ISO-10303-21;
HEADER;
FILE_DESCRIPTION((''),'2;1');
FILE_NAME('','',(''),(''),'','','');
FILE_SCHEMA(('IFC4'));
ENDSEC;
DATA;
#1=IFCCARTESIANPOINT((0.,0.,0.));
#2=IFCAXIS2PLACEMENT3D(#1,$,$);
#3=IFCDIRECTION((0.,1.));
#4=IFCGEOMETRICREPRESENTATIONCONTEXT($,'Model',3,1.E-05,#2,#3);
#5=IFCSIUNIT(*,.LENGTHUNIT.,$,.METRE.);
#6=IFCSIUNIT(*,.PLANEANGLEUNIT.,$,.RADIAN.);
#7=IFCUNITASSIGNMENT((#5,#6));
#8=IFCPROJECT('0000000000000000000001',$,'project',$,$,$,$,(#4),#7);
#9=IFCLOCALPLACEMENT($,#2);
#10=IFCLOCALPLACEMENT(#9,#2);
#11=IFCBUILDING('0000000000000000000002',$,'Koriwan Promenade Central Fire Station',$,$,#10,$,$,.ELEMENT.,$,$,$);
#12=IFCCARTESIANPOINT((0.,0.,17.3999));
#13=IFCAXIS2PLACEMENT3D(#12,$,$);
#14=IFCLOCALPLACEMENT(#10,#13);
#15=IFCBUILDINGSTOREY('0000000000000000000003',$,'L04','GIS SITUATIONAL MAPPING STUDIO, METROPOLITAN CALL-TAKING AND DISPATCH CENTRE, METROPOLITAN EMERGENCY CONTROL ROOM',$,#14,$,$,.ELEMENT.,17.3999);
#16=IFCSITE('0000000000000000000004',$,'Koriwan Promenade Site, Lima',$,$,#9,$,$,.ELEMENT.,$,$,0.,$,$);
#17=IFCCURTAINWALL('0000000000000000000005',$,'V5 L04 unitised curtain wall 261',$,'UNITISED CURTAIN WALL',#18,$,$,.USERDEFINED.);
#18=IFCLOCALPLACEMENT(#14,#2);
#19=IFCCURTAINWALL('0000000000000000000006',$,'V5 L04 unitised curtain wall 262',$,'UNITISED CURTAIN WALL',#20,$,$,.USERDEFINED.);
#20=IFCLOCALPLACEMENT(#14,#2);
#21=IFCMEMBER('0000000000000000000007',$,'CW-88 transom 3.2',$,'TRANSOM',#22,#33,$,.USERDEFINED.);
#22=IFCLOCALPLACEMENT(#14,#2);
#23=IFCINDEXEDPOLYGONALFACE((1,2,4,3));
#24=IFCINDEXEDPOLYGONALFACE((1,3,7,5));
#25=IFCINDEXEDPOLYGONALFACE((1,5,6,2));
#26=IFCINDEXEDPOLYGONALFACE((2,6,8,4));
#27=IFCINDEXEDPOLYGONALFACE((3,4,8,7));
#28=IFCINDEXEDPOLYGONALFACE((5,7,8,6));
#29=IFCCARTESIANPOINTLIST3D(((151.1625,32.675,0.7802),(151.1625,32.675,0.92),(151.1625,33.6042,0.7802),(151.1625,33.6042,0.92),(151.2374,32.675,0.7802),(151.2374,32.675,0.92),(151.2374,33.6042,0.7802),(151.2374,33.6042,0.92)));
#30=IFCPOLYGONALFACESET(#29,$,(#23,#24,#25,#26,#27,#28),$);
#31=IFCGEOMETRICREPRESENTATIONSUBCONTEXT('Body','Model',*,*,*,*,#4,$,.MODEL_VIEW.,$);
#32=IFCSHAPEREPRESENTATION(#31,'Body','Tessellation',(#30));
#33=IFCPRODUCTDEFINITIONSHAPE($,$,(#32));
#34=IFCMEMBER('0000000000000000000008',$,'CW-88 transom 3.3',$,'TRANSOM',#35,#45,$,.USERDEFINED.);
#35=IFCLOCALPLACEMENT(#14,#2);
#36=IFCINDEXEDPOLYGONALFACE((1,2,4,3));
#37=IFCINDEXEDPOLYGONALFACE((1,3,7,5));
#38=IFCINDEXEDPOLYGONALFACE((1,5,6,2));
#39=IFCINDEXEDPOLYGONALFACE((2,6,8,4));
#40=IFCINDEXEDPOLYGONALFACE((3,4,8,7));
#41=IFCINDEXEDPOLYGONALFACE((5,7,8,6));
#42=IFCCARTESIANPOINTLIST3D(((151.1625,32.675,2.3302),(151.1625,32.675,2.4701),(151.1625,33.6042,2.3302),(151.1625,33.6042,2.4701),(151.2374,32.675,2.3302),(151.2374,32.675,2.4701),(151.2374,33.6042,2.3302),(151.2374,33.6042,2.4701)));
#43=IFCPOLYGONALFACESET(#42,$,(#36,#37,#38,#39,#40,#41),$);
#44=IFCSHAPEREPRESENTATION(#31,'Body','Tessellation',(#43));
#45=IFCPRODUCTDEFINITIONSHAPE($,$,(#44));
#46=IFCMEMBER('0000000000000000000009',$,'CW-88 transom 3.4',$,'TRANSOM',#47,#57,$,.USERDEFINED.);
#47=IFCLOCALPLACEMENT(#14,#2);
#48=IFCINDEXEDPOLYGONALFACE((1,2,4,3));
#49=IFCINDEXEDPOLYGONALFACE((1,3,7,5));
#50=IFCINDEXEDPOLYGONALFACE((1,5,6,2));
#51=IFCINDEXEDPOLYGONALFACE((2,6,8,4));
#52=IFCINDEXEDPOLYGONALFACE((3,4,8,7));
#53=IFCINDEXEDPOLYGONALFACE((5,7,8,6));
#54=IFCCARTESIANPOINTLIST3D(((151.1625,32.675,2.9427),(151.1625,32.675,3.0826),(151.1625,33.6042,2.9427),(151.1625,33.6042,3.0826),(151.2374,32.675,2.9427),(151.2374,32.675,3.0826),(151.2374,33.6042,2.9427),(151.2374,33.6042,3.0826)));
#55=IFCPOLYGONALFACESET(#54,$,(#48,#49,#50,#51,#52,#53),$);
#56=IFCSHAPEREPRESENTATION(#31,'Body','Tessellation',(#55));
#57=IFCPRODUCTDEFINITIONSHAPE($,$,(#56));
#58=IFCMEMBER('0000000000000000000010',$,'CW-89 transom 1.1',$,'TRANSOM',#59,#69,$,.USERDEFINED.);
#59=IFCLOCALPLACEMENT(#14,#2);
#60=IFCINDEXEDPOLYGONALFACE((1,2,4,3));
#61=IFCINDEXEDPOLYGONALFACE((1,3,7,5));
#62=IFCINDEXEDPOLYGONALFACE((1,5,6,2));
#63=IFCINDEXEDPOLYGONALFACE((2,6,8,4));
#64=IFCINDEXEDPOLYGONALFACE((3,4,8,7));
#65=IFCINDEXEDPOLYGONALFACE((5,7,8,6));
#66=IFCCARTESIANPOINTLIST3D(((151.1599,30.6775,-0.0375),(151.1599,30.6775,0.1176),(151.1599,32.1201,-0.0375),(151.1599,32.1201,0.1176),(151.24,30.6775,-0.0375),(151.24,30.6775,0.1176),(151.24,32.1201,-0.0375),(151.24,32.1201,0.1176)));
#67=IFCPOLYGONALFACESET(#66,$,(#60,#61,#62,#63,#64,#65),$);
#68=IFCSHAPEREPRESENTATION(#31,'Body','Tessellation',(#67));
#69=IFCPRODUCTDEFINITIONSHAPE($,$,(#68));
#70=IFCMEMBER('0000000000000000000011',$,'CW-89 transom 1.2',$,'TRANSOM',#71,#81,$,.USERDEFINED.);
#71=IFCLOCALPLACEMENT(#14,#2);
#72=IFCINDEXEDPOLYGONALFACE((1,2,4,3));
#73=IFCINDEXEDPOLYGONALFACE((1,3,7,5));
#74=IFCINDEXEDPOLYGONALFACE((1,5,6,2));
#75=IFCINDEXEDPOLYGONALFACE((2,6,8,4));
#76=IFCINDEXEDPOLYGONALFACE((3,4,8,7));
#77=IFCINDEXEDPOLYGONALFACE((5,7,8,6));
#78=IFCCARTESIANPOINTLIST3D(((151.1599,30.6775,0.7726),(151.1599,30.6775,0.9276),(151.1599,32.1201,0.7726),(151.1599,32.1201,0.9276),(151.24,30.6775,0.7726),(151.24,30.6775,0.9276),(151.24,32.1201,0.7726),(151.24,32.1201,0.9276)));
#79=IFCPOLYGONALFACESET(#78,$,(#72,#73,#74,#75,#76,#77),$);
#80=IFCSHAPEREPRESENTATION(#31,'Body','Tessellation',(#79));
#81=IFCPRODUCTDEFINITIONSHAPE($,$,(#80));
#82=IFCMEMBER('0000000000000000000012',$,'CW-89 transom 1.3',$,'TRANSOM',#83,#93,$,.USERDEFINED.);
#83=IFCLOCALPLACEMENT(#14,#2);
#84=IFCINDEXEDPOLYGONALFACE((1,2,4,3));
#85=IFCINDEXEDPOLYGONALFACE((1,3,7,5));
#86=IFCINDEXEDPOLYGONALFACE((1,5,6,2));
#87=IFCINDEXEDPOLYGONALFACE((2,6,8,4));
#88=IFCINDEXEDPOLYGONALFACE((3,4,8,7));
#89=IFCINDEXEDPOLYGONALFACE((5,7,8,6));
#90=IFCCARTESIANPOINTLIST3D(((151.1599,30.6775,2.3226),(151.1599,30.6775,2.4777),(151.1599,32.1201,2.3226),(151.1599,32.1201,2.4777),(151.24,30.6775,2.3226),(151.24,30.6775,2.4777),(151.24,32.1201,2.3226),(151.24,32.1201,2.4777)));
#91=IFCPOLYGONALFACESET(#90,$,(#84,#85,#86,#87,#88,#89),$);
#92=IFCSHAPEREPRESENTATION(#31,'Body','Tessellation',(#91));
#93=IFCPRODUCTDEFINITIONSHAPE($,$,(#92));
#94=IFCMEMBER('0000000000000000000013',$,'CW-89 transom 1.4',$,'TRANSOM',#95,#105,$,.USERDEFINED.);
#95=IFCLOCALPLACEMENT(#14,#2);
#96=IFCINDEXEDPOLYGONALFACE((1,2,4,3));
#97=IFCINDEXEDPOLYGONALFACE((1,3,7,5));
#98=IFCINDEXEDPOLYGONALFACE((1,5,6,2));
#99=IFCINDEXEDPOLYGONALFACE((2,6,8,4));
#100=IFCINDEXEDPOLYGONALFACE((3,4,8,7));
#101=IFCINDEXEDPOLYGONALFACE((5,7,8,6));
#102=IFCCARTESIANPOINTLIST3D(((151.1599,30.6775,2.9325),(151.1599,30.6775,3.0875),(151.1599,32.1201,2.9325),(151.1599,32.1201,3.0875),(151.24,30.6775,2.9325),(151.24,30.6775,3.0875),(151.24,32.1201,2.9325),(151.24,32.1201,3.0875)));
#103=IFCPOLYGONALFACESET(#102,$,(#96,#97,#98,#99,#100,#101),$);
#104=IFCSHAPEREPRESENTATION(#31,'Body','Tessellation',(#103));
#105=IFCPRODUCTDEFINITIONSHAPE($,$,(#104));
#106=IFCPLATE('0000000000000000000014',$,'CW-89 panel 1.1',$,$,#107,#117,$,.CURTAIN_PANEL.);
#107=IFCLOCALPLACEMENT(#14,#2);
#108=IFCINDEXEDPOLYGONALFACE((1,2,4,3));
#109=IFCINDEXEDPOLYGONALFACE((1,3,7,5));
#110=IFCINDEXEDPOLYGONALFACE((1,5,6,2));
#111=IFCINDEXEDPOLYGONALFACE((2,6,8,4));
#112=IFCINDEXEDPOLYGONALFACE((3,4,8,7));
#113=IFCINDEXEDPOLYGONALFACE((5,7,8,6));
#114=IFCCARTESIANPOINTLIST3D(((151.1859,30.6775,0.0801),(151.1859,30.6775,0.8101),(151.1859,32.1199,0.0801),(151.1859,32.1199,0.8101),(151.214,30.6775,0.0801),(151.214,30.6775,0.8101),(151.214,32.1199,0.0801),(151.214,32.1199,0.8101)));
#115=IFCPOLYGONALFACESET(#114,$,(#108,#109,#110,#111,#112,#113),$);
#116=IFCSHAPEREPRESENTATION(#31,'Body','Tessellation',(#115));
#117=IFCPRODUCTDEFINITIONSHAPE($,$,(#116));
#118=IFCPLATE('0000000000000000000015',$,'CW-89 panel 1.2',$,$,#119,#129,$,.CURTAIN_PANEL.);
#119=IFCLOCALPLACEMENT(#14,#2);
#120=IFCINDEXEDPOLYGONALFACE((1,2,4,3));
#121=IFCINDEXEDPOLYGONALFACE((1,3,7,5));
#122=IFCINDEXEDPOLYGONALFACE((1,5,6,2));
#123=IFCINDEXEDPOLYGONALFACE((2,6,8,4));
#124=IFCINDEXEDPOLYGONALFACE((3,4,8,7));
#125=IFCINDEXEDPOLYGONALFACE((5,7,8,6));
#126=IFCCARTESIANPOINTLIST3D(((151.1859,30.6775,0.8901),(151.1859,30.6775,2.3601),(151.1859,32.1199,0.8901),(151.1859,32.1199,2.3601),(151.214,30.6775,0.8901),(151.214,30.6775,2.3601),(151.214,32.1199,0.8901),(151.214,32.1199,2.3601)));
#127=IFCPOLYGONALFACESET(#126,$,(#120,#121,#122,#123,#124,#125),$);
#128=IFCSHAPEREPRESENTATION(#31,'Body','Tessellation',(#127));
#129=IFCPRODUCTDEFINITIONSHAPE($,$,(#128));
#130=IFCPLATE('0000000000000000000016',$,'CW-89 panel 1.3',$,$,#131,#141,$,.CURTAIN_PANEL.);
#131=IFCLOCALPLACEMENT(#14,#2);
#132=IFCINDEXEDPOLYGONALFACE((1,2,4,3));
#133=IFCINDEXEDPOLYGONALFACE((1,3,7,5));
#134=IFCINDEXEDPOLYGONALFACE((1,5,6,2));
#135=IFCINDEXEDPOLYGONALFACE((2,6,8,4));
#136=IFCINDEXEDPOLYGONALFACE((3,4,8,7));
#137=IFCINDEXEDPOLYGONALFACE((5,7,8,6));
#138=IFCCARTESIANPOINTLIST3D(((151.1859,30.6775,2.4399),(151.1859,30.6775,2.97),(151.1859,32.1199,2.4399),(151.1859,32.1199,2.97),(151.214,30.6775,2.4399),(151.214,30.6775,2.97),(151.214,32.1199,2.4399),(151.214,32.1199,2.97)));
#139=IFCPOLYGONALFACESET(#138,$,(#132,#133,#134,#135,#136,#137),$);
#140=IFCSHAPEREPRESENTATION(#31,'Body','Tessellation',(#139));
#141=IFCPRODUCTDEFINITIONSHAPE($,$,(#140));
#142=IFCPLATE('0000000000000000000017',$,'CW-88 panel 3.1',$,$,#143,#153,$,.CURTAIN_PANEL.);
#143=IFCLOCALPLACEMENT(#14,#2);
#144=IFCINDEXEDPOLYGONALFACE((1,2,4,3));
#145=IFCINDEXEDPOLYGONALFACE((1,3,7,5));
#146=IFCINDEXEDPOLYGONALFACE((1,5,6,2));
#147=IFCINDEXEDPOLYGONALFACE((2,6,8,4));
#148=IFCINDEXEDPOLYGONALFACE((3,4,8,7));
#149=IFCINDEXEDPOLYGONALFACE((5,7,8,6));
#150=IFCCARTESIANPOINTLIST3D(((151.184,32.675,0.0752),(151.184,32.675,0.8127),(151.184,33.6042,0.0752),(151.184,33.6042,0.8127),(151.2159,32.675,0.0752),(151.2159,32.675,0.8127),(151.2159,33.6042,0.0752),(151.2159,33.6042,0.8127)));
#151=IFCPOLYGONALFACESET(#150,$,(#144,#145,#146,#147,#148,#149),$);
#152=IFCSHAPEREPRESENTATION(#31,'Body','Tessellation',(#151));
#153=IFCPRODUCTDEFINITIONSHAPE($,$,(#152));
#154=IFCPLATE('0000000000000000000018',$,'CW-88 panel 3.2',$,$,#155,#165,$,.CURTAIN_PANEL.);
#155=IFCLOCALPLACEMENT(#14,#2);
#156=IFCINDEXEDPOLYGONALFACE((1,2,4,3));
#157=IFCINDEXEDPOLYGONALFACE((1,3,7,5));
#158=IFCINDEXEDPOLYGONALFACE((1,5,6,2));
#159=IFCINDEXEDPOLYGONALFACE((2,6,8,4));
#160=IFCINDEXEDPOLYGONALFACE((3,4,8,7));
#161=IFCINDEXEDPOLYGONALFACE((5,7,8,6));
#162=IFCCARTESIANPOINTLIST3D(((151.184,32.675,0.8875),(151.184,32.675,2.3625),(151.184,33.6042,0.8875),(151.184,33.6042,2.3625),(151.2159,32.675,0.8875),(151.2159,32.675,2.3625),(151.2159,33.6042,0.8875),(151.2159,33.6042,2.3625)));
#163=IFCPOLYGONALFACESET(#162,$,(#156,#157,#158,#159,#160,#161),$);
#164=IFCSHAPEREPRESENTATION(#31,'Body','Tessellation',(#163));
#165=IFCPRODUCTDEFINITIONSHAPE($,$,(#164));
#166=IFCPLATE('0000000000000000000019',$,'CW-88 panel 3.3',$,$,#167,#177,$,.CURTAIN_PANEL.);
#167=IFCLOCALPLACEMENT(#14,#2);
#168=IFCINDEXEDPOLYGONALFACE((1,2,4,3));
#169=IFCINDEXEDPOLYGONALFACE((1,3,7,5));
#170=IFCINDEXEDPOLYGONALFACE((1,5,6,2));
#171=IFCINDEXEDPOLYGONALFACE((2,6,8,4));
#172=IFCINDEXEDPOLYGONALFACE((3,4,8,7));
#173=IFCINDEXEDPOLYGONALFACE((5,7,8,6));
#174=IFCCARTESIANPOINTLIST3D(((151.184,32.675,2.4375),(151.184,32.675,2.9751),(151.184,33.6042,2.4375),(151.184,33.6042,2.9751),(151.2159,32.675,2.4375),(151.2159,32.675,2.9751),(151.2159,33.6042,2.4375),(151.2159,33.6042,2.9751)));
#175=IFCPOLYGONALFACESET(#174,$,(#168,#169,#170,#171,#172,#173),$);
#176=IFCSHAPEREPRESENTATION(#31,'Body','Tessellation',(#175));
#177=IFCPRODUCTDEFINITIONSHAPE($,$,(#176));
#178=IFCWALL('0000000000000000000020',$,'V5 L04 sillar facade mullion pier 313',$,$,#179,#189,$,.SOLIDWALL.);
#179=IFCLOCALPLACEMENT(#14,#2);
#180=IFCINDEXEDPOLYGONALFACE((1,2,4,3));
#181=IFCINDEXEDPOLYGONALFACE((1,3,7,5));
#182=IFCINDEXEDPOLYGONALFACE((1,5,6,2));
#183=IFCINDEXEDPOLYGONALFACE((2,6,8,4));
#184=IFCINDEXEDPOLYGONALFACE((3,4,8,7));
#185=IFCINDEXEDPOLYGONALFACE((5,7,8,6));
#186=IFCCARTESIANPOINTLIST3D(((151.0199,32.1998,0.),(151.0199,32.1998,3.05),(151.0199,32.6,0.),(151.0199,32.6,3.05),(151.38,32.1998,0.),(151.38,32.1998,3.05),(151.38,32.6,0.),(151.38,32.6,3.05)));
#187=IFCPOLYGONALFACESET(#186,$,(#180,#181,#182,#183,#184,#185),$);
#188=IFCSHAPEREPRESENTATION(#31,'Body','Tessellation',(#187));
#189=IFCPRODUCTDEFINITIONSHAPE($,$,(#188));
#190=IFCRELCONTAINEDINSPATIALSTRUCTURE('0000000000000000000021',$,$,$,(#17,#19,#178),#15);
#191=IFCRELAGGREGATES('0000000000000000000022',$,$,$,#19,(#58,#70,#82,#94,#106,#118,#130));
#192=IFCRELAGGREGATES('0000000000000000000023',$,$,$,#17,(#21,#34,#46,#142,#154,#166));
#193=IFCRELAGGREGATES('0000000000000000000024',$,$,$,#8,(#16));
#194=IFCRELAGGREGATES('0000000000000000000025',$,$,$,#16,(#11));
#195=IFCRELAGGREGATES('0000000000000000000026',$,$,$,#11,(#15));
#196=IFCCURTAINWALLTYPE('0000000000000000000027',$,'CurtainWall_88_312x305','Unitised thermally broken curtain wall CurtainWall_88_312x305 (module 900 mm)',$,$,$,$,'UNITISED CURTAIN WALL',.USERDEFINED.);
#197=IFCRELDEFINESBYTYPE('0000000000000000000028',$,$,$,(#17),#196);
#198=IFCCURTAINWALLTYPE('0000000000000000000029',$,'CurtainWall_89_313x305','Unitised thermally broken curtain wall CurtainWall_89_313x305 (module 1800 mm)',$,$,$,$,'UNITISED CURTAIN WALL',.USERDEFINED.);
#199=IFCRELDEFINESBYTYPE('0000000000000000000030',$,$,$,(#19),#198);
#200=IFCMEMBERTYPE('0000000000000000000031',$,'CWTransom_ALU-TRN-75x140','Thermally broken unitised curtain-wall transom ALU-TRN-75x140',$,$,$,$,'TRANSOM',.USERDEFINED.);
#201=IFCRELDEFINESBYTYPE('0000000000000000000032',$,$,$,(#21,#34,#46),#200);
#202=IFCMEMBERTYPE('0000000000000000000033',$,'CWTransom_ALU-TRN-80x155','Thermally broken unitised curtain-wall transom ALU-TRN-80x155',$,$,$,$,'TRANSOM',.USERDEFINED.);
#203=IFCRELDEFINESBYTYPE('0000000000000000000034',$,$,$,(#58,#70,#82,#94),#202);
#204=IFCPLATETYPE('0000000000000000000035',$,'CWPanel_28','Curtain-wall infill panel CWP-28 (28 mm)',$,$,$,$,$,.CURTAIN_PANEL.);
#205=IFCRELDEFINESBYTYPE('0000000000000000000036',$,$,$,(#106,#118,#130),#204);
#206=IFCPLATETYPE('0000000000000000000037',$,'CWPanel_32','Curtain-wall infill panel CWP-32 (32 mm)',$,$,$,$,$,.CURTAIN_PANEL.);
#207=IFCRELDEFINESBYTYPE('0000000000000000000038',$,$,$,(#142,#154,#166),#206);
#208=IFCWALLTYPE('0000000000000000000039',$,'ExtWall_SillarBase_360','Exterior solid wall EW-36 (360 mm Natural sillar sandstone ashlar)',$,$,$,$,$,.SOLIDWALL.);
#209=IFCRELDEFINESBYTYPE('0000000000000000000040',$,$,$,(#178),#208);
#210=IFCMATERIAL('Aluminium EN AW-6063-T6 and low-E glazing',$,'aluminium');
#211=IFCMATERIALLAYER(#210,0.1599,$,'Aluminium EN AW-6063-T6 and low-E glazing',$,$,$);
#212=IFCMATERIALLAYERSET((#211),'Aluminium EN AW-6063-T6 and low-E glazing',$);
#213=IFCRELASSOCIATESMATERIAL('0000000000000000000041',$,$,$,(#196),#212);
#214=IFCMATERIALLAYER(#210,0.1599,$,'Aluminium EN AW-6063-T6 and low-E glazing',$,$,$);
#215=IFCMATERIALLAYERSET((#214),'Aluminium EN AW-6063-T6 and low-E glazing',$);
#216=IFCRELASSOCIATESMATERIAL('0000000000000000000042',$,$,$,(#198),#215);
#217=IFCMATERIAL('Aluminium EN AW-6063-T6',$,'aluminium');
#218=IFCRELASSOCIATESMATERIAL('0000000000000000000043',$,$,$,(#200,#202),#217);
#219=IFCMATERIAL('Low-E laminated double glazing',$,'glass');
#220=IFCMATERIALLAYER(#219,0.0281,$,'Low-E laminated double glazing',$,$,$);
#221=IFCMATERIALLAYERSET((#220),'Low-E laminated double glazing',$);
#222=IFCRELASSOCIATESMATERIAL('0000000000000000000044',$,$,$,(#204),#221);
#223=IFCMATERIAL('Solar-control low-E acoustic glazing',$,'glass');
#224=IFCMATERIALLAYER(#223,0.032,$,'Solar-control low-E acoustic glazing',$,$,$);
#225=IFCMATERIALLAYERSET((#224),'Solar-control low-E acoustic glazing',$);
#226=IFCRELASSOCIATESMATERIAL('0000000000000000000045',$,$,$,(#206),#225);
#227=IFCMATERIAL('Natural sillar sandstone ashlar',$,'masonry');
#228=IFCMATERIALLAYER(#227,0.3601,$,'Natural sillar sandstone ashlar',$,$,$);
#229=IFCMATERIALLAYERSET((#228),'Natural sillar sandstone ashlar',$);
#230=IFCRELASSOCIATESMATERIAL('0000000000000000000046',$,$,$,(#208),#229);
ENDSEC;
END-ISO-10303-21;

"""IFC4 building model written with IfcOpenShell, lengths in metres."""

from ifc_helpers import new_model, si_unit, direction, frame, frame_2d, origin, origin_2d, place, context, subcontext, project, spatial, rectangle, extrude, material, layer, layer_set, material_profile, profile_set, type_object, element, aggregate, save


model = new_model("IFC4")

# Units and contexts
model_context = context("Model", 3, precision=1e-05, world=origin(), true_north=direction((0.0, 1.0)))
body_context = subcontext(model_context, "Body", "Model", "MODEL_VIEW")
ifc_project = project(units=[si_unit("LENGTHUNIT", "METRE"), si_unit("PLANEANGLEUNIT", "RADIAN")], contexts=[model_context])

# Site, building, storey
site_placement = place(None, origin())
site = spatial("IfcSite", under=ifc_project, at=site_placement, Name="Koriwan Promenade Site, Lima", CompositionType="ELEMENT", RefElevation=0.0)
building_placement = place(site_placement, origin())
building = spatial("IfcBuilding", under=site, at=building_placement, Name="Koriwan Promenade Central Fire Station", CompositionType="ELEMENT")
storey_placement = place(building_placement, frame((0.0, 0.0, 17.3999)))
storey = spatial("IfcBuildingStorey", under=building, at=storey_placement, Name="L04", Description="GIS SITUATIONAL MAPPING STUDIO, METROPOLITAN CALL-TAKING AND DISPATCH CENTRE, METROPOLITAN EMERGENCY CONTROL ROOM", CompositionType="ELEMENT", Elevation=17.3999)

# Curtain wall
ifc_material_1 = material(Name="Aluminium EN AW-6063-T6 and low-E glazing", Category="aluminium")
ifc_layer_1 = layer(ifc_material_1, 0.1599, Name="Aluminium EN AW-6063-T6 and low-E glazing")
ifc_layer_set_1 = layer_set([ifc_layer_1], Name="Aluminium EN AW-6063-T6 and low-E glazing")
curtain_wall_type_1 = type_object("IfcCurtainWallType", Name="CurtainWall_88_312x305", Description="Unitised thermally broken curtain wall CurtainWall_88_312x305 (module 900 mm)", ElementType="UNITISED CURTAIN WALL", PredefinedType="USERDEFINED", material=ifc_layer_set_1)
curtain_wall_1_placement = place(storey_placement, origin())
curtain_wall_1 = element("IfcCurtainWall", 1, at=curtain_wall_1_placement, inside=storey, type_object=curtain_wall_type_1, Name="V5 L04 unitised curtain wall 261", ObjectType="UNITISED CURTAIN WALL", PredefinedType="USERDEFINED")
ifc_material_2 = material(Name="Aluminium EN AW-6063-T6", Category="aluminium")

# Curtain wall
ifc_layer_2 = layer(ifc_material_1, 0.1599, Name="Aluminium EN AW-6063-T6 and low-E glazing")
ifc_layer_set_2 = layer_set([ifc_layer_2], Name="Aluminium EN AW-6063-T6 and low-E glazing")
curtain_wall_type_2 = type_object("IfcCurtainWallType", Name="CurtainWall_89_313x305", Description="Unitised thermally broken curtain wall CurtainWall_89_313x305 (module 1800 mm)", ElementType="UNITISED CURTAIN WALL", PredefinedType="USERDEFINED", material=ifc_layer_set_2)
curtain_wall_2_placement = place(storey_placement, origin())
curtain_wall_2 = element("IfcCurtainWall", 2, at=curtain_wall_2_placement, inside=storey, type_object=curtain_wall_type_2, Name="V5 L04 unitised curtain wall 262", ObjectType="UNITISED CURTAIN WALL", PredefinedType="USERDEFINED")

# Members
ifc_material_profile_1 = material_profile(ifc_material_2, rectangle(XDim=0.075, YDim=0.1399, at=origin_2d()), Name="ALU-TRN-75x140")
ifc_profile_set_1 = profile_set([ifc_material_profile_1], Name="Aluminium EN AW-6063-T6")
member_type_1 = type_object("IfcMemberType", Name="CWTransom_ALU-TRN-75x140", Description="Thermally broken unitised curtain-wall transom ALU-TRN-75x140", ElementType="TRANSOM", PredefinedType="USERDEFINED", material=ifc_profile_set_1)
member_1_placement = place(storey_placement, frame((151.2, 33.6042, 0.8501), z_axis=(0.0, -1.0, 0.0), x_axis=(1.0, 0.0, 0.0)))
member_1 = element("IfcMember", 3, at=member_1_placement, type_object=member_type_1, Name="CW-88 transom 3.2", ObjectType="TRANSOM", PredefinedType="USERDEFINED", context=body_context, shape_type="SweptSolid", body=[
    extrude(rectangle(XDim=0.075, YDim=0.1399, at=origin_2d()), origin(), (0.0, 0.0, 1.0), 0.9292),
])
member_2_placement = place(storey_placement, frame((151.2, 33.6042, 2.4001), z_axis=(0.0, -1.0, 0.0), x_axis=(1.0, 0.0, 0.0)))
member_2 = element("IfcMember", 4, at=member_2_placement, type_object=member_type_1, Name="CW-88 transom 3.3", ObjectType="TRANSOM", PredefinedType="USERDEFINED", context=body_context, shape_type="SweptSolid", body=[
    extrude(rectangle(XDim=0.075, YDim=0.1399, at=origin_2d()), origin(), (0.0, 0.0, 1.0), 0.9292),
])
member_3_placement = place(storey_placement, frame((151.2, 33.6042, 3.0127), z_axis=(0.0, -1.0, 0.0), x_axis=(1.0, 0.0, 0.0)))
member_3 = element("IfcMember", 5, at=member_3_placement, type_object=member_type_1, Name="CW-88 transom 3.4", ObjectType="TRANSOM", PredefinedType="USERDEFINED", context=body_context, shape_type="SweptSolid", body=[
    extrude(rectangle(XDim=0.075, YDim=0.1399, at=origin_2d()), origin(), (0.0, 0.0, 1.0), 0.9292),
])
ifc_material_profile_2 = material_profile(ifc_material_2, rectangle(XDim=0.0801, YDim=0.155, at=origin_2d()), Name="ALU-TRN-80x155")
ifc_profile_set_2 = profile_set([ifc_material_profile_2], Name="Aluminium EN AW-6063-T6")
member_type_2 = type_object("IfcMemberType", Name="CWTransom_ALU-TRN-80x155", Description="Thermally broken unitised curtain-wall transom ALU-TRN-80x155", ElementType="TRANSOM", PredefinedType="USERDEFINED", material=ifc_profile_set_2)
member_4_placement = place(storey_placement, frame((151.2, 32.1201, 0.04), z_axis=(0.0, -1.0, 0.0), x_axis=(1.0, 0.0, 0.0)))
member_4 = element("IfcMember", 6, at=member_4_placement, type_object=member_type_2, Name="CW-89 transom 1.1", ObjectType="TRANSOM", PredefinedType="USERDEFINED", context=body_context, shape_type="SweptSolid", body=[
    extrude(rectangle(XDim=0.0801, YDim=0.155, at=origin_2d()), origin(), (0.0, 0.0, 1.0), 1.4426),
])
member_5_placement = place(storey_placement, frame((151.2, 32.1201, 0.8501), z_axis=(0.0, -1.0, 0.0), x_axis=(1.0, 0.0, 0.0)))
member_5 = element("IfcMember", 7, at=member_5_placement, type_object=member_type_2, Name="CW-89 transom 1.2", ObjectType="TRANSOM", PredefinedType="USERDEFINED", context=body_context, shape_type="SweptSolid", body=[
    extrude(rectangle(XDim=0.0801, YDim=0.155, at=origin_2d()), origin(), (0.0, 0.0, 1.0), 1.4426),
])
member_6_placement = place(storey_placement, frame((151.2, 32.1201, 2.4001), z_axis=(0.0, -1.0, 0.0), x_axis=(1.0, 0.0, 0.0)))
member_6 = element("IfcMember", 8, at=member_6_placement, type_object=member_type_2, Name="CW-89 transom 1.3", ObjectType="TRANSOM", PredefinedType="USERDEFINED", context=body_context, shape_type="SweptSolid", body=[
    extrude(rectangle(XDim=0.0801, YDim=0.155, at=origin_2d()), origin(), (0.0, 0.0, 1.0), 1.4426),
])
member_7_placement = place(storey_placement, frame((151.2, 32.1201, 3.01), z_axis=(0.0, -1.0, 0.0), x_axis=(1.0, 0.0, 0.0)))
member_7 = element("IfcMember", 9, at=member_7_placement, type_object=member_type_2, Name="CW-89 transom 1.4", ObjectType="TRANSOM", PredefinedType="USERDEFINED", context=body_context, shape_type="SweptSolid", body=[
    extrude(rectangle(XDim=0.0801, YDim=0.155, at=origin_2d()), origin(), (0.0, 0.0, 1.0), 1.4426),
])

# Plates
ifc_material_3 = material(Name="Low-E laminated double glazing", Category="glass")
ifc_layer_3 = layer(ifc_material_3, 0.0281, Name="Low-E laminated double glazing")
ifc_layer_set_3 = layer_set([ifc_layer_3], Name="Low-E laminated double glazing")
plate_type_1 = type_object("IfcPlateType", Name="CWPanel_28", Description="Curtain-wall infill panel CWP-28 (28 mm)", PredefinedType="CURTAIN_PANEL", material=ifc_layer_set_3)
plate_1_placement = place(storey_placement, frame((151.2, 31.3987, 0.0801), z_axis=(0.0, 0.0, 1.0), x_axis=(0.0, -1.0, 0.0)))
plate_1 = element("IfcPlate", 10, at=plate_1_placement, type_object=plate_type_1, Name="CW-89 panel 1.1", PredefinedType="CURTAIN_PANEL", context=body_context, shape_type="SweptSolid", body=[
    extrude(rectangle(XDim=1.4424, YDim=0.0281, at=origin_2d()), origin(), (0.0, 0.0, 1.0), 0.73),
])
plate_2_placement = place(storey_placement, frame((151.2, 31.3987, 0.8901), z_axis=(0.0, 0.0, 1.0), x_axis=(0.0, -1.0, 0.0)))
plate_2 = element("IfcPlate", 11, at=plate_2_placement, type_object=plate_type_1, Name="CW-89 panel 1.2", PredefinedType="CURTAIN_PANEL", context=body_context, shape_type="SweptSolid", body=[
    extrude(rectangle(XDim=1.4424, YDim=0.0281, at=origin_2d()), origin(), (0.0, 0.0, 1.0), 1.47),
])
plate_3_placement = place(storey_placement, frame((151.2, 31.3987, 2.4399), z_axis=(0.0, 0.0, 1.0), x_axis=(0.0, -1.0, 0.0)))
plate_3 = element("IfcPlate", 12, at=plate_3_placement, type_object=plate_type_1, Name="CW-89 panel 1.3", PredefinedType="CURTAIN_PANEL", context=body_context, shape_type="SweptSolid", body=[
    extrude(rectangle(XDim=1.4424, YDim=0.0281, at=origin_2d()), origin(), (0.0, 0.0, 1.0), 0.53),
])
aggregate(curtain_wall_2, [member_4, member_5, member_6, member_7, plate_1, plate_2, plate_3])
ifc_material_4 = material(Name="Solar-control low-E acoustic glazing", Category="glass")
ifc_layer_4 = layer(ifc_material_4, 0.032, Name="Solar-control low-E acoustic glazing")
ifc_layer_set_4 = layer_set([ifc_layer_4], Name="Solar-control low-E acoustic glazing")
plate_type_2 = type_object("IfcPlateType", Name="CWPanel_32", Description="Curtain-wall infill panel CWP-32 (32 mm)", PredefinedType="CURTAIN_PANEL", material=ifc_layer_set_4)
plate_4_placement = place(storey_placement, frame((151.2, 33.1396, 0.0752), z_axis=(0.0, 0.0, 1.0), x_axis=(0.0, -1.0, 0.0)))
plate_4 = element("IfcPlate", 13, at=plate_4_placement, type_object=plate_type_2, Name="CW-88 panel 3.1", PredefinedType="CURTAIN_PANEL", context=body_context, shape_type="SweptSolid", body=[
    extrude(rectangle(XDim=0.9292, YDim=0.032, at=origin_2d()), origin(), (0.0, 0.0, 1.0), 0.7375),
])
plate_5_placement = place(storey_placement, frame((151.2, 33.1396, 0.8875), z_axis=(0.0, 0.0, 1.0), x_axis=(0.0, -1.0, 0.0)))
plate_5 = element("IfcPlate", 14, at=plate_5_placement, type_object=plate_type_2, Name="CW-88 panel 3.2", PredefinedType="CURTAIN_PANEL", context=body_context, shape_type="SweptSolid", body=[
    extrude(rectangle(XDim=0.9292, YDim=0.032, at=origin_2d()), origin(), (0.0, 0.0, 1.0), 1.4751),
])
plate_6_placement = place(storey_placement, frame((151.2, 33.1396, 2.4375), z_axis=(0.0, 0.0, 1.0), x_axis=(0.0, -1.0, 0.0)))
plate_6 = element("IfcPlate", 15, at=plate_6_placement, type_object=plate_type_2, Name="CW-88 panel 3.3", PredefinedType="CURTAIN_PANEL", context=body_context, shape_type="SweptSolid", body=[
    extrude(rectangle(XDim=0.9292, YDim=0.032, at=origin_2d()), origin(), (0.0, 0.0, 1.0), 0.5376),
])
aggregate(curtain_wall_1, [member_1, member_2, member_3, plate_4, plate_5, plate_6])

# Wall
ifc_material_5 = material(Name="Natural sillar sandstone ashlar", Category="masonry")
ifc_layer_5 = layer(ifc_material_5, 0.3601, Name="Natural sillar sandstone ashlar")
ifc_layer_set_5 = layer_set([ifc_layer_5], Name="Natural sillar sandstone ashlar")
wall_type = type_object("IfcWallType", Name="ExtWall_SillarBase_360", Description="Exterior solid wall EW-36 (360 mm Natural sillar sandstone ashlar)", PredefinedType="SOLIDWALL", material=ifc_layer_set_5)
wall_placement = place(storey_placement, frame((151.2, 32.6001, 0.0), z_axis=(0.0, 0.0, 1.0), x_axis=(0.0, -1.0, 0.0)))
element("IfcWall", 16, at=wall_placement, inside=storey, type_object=wall_type, Name="V5 L04 sillar facade mullion pier 313", PredefinedType="SOLIDWALL", context=body_context, shape_type="SweptSolid", body=[
    extrude(rectangle(XDim=0.4001, YDim=0.3601, at=frame_2d((0.2002, 0.0))), origin(), (0.0, 0.0, 1.0), 3.05),
])

save(model, "model.ifc")
